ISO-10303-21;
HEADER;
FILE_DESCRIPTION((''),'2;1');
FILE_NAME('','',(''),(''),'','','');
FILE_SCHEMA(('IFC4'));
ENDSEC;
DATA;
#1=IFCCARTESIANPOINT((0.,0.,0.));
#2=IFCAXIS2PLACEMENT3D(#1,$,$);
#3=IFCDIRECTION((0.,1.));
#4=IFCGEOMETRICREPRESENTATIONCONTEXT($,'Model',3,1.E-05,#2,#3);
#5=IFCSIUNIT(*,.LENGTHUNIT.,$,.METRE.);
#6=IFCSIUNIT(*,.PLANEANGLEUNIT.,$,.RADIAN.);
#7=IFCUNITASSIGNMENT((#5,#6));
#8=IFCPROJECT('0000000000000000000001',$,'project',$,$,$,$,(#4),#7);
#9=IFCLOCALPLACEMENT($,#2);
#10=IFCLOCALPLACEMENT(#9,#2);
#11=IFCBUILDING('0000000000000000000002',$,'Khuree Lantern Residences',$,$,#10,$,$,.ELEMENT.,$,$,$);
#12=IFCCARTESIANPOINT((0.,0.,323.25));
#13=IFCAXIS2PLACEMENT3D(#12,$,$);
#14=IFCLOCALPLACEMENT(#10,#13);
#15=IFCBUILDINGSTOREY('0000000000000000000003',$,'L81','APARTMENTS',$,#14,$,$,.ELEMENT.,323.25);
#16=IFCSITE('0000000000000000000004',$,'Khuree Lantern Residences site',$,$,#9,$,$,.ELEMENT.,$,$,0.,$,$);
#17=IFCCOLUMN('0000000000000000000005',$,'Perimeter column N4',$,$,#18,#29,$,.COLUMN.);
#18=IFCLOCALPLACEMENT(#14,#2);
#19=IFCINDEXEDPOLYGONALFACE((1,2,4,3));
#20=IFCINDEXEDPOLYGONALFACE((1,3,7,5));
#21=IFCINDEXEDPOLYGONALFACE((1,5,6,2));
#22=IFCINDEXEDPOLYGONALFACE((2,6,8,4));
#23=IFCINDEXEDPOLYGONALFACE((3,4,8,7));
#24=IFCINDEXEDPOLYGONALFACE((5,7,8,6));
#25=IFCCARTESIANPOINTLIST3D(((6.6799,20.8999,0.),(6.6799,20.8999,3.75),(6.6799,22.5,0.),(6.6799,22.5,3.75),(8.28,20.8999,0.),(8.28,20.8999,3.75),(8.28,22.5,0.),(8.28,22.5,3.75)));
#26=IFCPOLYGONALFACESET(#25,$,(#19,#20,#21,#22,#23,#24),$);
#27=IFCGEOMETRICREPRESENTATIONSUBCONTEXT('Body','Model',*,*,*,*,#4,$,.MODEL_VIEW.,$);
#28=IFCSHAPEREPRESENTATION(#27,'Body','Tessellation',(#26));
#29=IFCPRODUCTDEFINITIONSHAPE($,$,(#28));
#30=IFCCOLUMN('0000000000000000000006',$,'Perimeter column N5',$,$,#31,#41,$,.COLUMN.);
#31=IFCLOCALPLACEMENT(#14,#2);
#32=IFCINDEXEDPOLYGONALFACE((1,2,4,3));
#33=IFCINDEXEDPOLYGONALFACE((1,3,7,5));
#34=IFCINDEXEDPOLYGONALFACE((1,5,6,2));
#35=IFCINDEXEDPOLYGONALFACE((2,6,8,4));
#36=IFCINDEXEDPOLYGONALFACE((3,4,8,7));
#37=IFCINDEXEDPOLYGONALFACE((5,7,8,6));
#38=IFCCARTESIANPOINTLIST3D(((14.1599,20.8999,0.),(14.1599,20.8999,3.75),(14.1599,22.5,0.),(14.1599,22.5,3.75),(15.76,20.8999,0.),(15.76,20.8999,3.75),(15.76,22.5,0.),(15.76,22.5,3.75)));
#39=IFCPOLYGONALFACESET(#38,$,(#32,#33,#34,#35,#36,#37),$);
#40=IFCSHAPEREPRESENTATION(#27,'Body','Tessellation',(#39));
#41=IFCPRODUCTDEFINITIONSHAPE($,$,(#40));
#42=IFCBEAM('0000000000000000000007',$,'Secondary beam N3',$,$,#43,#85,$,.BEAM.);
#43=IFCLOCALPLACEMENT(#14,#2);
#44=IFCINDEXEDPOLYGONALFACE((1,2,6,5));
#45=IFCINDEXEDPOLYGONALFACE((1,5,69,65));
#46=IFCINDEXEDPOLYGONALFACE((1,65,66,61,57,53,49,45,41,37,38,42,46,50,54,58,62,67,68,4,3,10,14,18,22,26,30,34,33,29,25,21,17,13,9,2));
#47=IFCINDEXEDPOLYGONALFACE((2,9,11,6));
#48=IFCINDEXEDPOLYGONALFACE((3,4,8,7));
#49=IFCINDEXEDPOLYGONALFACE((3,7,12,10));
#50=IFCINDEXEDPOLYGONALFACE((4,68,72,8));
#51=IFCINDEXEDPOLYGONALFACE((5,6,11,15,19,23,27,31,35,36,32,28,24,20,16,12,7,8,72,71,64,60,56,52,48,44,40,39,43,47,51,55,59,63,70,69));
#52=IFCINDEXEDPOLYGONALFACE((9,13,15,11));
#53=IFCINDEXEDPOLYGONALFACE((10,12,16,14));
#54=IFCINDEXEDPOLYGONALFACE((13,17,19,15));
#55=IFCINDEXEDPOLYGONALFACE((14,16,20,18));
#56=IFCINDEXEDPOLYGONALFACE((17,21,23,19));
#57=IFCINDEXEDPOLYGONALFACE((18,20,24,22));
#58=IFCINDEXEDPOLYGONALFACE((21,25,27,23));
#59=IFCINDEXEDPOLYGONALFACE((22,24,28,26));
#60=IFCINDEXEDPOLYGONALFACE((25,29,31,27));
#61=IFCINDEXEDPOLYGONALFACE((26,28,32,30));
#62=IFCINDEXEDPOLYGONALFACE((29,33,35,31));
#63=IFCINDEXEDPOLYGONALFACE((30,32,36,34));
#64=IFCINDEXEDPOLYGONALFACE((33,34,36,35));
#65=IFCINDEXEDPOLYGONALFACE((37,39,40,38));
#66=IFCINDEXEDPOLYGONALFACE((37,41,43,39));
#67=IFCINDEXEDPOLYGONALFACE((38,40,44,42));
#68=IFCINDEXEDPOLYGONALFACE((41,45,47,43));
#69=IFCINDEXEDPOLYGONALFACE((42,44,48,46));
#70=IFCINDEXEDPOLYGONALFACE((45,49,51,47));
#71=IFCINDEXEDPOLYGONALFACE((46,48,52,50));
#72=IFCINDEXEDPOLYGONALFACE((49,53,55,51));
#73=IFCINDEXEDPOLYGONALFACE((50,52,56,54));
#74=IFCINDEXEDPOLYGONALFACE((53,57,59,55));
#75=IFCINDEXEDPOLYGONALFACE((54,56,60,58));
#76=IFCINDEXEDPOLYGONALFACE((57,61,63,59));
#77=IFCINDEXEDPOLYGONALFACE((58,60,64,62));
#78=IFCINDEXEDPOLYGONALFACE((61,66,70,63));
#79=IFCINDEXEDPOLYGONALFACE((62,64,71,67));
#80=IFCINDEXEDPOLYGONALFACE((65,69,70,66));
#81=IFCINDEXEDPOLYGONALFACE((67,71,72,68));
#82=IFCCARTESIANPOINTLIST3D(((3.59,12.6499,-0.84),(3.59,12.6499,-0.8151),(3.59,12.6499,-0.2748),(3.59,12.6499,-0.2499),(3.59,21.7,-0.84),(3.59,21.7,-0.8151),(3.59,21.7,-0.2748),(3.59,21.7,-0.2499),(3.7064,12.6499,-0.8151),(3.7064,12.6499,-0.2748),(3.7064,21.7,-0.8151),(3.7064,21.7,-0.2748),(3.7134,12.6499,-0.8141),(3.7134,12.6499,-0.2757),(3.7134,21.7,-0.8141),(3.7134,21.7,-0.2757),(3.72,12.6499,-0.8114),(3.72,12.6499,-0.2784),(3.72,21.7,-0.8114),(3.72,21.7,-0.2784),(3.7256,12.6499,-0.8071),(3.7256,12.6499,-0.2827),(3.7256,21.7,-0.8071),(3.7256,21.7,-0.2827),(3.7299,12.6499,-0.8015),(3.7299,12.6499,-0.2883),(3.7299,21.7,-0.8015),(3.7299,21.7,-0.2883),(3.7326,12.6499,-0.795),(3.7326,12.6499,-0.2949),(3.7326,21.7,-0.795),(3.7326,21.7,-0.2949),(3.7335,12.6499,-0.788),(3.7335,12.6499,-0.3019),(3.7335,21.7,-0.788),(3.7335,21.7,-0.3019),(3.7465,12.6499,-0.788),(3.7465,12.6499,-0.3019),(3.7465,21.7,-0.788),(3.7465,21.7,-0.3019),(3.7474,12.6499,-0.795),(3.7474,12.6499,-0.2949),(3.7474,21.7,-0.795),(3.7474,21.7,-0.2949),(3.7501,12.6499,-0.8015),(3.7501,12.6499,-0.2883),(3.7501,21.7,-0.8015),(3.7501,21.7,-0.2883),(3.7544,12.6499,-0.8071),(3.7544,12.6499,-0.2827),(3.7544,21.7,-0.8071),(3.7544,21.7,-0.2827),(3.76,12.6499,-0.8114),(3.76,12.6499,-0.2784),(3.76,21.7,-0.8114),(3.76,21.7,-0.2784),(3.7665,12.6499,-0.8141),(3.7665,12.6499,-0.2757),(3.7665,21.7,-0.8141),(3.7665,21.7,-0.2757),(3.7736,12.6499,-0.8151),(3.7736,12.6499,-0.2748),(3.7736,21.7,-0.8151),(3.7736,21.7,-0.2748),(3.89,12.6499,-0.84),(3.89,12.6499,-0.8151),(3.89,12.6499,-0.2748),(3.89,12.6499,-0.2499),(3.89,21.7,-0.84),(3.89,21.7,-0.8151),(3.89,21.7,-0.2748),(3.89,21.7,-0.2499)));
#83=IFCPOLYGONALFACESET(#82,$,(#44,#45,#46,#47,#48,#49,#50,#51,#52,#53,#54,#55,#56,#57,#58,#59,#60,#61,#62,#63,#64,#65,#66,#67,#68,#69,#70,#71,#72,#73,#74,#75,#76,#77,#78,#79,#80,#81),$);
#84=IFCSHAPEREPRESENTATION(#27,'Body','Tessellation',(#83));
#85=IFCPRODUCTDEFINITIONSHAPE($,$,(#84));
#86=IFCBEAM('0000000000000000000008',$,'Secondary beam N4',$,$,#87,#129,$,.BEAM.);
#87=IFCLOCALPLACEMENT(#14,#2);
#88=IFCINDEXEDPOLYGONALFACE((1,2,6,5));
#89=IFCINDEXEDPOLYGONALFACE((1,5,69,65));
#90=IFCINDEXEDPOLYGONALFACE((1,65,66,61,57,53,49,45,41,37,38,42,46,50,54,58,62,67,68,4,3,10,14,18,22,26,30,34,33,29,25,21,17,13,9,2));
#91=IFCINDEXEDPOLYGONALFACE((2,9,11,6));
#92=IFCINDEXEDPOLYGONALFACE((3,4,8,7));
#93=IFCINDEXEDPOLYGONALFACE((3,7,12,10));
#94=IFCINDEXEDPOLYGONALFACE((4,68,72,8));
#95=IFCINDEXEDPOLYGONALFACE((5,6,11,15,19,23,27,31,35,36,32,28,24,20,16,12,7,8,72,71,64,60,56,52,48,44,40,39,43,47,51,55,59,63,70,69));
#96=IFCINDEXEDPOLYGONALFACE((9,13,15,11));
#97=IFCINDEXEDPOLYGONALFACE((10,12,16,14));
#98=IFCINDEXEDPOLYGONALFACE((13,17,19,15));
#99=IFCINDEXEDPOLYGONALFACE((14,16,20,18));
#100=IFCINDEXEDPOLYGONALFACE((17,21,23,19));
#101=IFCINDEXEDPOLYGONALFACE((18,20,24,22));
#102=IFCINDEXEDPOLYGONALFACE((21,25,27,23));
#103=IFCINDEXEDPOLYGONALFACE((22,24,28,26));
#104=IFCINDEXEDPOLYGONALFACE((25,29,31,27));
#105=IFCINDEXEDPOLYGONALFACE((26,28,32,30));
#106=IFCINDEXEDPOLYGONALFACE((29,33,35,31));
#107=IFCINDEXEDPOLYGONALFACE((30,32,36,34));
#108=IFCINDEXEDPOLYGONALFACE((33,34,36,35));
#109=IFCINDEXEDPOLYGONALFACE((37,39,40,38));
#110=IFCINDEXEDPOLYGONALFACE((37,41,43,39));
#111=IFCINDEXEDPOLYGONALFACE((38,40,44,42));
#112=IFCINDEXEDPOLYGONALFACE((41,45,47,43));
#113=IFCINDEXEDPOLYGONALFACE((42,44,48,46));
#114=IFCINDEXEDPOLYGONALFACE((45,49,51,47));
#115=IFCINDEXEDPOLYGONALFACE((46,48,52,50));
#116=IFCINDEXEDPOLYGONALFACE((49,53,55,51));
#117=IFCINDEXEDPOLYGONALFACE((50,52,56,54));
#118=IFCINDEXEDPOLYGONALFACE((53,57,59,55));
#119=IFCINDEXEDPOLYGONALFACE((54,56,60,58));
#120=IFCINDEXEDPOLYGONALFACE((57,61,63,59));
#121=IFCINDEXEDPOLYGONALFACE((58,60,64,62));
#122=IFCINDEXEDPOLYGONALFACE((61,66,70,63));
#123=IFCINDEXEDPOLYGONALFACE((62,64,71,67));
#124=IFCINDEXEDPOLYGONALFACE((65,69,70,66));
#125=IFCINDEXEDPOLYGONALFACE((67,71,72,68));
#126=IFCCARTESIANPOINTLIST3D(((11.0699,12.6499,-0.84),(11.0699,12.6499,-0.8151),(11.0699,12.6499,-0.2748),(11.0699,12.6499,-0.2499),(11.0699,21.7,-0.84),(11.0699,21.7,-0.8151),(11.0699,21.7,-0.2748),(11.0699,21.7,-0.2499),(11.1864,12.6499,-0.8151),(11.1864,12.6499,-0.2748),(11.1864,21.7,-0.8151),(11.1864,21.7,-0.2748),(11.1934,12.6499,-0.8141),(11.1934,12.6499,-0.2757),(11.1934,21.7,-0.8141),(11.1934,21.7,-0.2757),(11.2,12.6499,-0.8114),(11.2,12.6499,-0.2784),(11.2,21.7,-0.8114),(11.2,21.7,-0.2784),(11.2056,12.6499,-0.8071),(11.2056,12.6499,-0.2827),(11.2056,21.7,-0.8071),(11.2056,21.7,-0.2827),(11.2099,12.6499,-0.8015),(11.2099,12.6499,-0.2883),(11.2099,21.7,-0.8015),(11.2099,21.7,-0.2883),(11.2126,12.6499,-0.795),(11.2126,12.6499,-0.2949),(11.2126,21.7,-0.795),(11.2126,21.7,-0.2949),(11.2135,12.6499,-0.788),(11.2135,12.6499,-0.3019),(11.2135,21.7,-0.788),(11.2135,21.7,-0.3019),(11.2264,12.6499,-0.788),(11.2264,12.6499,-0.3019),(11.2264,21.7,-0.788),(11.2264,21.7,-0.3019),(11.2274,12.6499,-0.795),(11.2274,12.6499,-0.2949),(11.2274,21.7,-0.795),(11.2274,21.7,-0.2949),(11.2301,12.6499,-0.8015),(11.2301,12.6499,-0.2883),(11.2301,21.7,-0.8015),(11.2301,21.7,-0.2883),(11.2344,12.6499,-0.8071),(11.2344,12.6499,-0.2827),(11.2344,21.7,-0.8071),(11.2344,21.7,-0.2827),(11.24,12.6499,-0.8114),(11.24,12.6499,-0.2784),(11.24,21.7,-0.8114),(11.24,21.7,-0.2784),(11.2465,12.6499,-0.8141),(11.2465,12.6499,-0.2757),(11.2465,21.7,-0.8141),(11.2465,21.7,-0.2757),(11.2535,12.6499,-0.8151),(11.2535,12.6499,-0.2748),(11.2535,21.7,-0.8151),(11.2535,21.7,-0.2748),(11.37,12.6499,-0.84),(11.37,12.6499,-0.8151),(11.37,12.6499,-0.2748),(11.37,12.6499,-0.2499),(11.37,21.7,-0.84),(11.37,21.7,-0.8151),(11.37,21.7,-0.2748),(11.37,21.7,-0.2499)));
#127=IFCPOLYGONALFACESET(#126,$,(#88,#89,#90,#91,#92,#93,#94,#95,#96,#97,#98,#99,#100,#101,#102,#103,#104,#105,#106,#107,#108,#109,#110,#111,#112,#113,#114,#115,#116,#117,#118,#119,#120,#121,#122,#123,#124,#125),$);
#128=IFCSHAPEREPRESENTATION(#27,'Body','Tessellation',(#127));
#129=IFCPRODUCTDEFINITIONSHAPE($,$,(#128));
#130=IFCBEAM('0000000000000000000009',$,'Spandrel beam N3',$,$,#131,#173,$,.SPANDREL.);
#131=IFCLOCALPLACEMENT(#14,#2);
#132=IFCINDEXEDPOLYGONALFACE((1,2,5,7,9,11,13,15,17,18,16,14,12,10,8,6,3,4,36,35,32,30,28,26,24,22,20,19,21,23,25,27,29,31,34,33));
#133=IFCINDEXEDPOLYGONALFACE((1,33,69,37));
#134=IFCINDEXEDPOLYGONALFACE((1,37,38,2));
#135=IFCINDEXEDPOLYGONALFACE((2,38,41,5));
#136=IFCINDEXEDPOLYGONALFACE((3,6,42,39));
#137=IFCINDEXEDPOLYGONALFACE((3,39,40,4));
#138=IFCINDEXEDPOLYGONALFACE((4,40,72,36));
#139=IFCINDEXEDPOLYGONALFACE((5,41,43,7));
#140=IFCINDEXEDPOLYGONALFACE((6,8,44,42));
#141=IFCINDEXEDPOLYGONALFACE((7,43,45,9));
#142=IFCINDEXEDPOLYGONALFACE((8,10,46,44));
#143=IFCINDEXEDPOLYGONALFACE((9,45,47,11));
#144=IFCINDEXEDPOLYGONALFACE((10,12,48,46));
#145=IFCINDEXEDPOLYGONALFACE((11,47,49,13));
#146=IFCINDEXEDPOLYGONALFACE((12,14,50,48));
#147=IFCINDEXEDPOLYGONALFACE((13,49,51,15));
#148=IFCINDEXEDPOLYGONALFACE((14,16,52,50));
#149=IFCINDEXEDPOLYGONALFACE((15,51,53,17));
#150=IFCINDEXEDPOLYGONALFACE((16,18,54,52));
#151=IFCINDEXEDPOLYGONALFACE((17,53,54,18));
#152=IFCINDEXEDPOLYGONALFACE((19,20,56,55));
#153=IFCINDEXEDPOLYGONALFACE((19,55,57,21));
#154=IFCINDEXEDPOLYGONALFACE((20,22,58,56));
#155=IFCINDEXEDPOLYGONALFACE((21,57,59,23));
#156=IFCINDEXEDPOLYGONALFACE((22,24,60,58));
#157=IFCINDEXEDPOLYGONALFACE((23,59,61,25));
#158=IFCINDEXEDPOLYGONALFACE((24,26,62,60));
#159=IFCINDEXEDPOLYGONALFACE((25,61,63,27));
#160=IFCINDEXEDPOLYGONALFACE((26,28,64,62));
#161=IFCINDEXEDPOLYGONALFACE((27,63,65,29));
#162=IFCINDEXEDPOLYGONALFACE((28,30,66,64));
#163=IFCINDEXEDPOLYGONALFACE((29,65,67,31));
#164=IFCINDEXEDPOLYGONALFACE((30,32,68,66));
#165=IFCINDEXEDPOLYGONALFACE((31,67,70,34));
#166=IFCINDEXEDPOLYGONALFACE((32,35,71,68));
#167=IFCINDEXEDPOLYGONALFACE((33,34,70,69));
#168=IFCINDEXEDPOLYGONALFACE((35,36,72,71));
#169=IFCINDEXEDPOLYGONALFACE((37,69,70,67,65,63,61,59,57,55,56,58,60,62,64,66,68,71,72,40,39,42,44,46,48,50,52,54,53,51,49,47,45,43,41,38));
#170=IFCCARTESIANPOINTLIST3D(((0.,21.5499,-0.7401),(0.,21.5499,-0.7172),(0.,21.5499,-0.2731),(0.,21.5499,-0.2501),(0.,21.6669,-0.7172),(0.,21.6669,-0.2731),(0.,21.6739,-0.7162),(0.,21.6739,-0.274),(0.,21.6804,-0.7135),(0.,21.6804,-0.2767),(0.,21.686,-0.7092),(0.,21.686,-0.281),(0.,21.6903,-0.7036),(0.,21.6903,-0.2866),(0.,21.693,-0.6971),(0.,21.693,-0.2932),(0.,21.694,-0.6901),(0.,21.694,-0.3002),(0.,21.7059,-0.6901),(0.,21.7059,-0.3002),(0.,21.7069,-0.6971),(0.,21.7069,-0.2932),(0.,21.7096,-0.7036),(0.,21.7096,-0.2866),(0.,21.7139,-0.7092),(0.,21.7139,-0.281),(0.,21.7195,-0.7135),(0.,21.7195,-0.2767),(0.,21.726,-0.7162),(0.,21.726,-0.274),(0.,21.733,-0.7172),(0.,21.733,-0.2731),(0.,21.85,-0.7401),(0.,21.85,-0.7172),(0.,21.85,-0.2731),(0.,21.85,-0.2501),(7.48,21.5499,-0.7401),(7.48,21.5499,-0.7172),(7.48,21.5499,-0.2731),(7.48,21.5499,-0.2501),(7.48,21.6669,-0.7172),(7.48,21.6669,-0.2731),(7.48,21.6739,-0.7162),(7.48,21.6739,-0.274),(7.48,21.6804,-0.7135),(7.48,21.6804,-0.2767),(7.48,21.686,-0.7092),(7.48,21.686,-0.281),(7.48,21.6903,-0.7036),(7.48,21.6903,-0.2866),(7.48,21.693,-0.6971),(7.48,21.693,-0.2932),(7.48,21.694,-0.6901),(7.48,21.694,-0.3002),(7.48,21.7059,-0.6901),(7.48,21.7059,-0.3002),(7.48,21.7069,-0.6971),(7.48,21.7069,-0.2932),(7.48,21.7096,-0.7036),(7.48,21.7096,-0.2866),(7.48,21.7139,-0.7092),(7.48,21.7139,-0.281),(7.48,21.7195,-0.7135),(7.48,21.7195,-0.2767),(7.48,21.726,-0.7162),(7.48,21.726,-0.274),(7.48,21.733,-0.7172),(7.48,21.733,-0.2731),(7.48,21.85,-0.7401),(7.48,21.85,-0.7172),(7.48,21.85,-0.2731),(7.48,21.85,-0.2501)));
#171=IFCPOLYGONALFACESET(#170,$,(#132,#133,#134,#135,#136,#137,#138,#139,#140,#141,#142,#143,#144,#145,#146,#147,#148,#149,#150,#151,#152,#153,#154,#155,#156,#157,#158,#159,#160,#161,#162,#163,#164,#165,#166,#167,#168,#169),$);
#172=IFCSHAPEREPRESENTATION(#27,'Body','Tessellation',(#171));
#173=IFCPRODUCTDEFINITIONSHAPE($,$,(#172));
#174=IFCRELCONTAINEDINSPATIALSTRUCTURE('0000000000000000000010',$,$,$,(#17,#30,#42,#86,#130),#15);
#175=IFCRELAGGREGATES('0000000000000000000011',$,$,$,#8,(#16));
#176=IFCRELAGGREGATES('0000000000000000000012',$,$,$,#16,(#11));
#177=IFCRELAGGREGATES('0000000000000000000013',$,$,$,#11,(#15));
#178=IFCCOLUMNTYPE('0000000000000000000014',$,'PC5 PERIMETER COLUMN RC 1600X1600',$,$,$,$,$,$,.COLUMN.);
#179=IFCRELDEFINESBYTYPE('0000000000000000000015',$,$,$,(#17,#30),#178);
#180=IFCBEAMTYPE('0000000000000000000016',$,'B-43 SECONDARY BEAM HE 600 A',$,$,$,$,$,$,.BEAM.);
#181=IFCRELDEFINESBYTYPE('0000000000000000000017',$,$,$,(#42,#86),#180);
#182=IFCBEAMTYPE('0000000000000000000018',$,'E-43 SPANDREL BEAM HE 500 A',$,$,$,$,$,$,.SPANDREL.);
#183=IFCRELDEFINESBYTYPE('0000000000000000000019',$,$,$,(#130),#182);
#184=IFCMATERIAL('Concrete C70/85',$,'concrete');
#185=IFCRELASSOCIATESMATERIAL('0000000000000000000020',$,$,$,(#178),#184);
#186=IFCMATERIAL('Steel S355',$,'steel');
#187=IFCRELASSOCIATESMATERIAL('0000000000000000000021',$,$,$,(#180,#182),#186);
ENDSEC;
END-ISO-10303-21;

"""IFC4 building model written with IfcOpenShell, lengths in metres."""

from ifc_helpers import new_model, si_unit, direction, frame, origin, origin_2d, place, context, subcontext, project, spatial, rectangle, i_section, extrude, material, material_profile, profile_set, type_object, element, save


model = new_model("IFC4")

# Units and contexts
model_context = context("Model", 3, precision=1e-05, world=origin(), true_north=direction((0.0, 1.0)))
body_context = subcontext(model_context, "Body", "Model", "MODEL_VIEW")
ifc_project = project(units=[si_unit("LENGTHUNIT", "METRE"), si_unit("PLANEANGLEUNIT", "RADIAN")], contexts=[model_context])

# Site, building, storey
site_placement = place(None, origin())
site = spatial("IfcSite", under=ifc_project, at=site_placement, Name="Khuree Lantern Residences site", CompositionType="ELEMENT", RefElevation=0.0)
building_placement = place(site_placement, origin())
building = spatial("IfcBuilding", under=site, at=building_placement, Name="Khuree Lantern Residences", CompositionType="ELEMENT")
storey_placement = place(building_placement, frame((0.0, 0.0, 323.25)))
storey = spatial("IfcBuildingStorey", under=building, at=storey_placement, Name="L81", Description="APARTMENTS", CompositionType="ELEMENT", Elevation=323.25)

# Columns
ifc_material_1 = material(Name="Concrete C70/85", Category="concrete")
ifc_material_profile_1 = material_profile(ifc_material_1, rectangle(XDim=1.6001, YDim=1.6001, at=origin_2d()), Name="RC 1600X1600")
ifc_profile_set_1 = profile_set([ifc_material_profile_1], Name="Concrete C70/85")
column_type = type_object("IfcColumnType", Name="PC5 PERIMETER COLUMN RC 1600X1600", PredefinedType="COLUMN", material=ifc_profile_set_1)
for number, where, z_axis, x_axis, name in (
    (1, (7.48, 21.7, 0.0), (0.0, 0.0, 1.0), (1.0, 0.0, 0.0), "Perimeter column N4"),
    (2, (14.96, 21.7, 0.0), (0.0, 0.0, 1.0), (1.0, 0.0, 0.0), "Perimeter column N5"),
):
    element("IfcColumn", number, at=place(storey_placement, frame(where, z_axis=z_axis, x_axis=x_axis)), inside=storey, type_object=column_type, Name=name, PredefinedType="COLUMN", context=body_context, shape_type="SweptSolid", body=[
        extrude(rectangle(XDim=1.6001, YDim=1.6001, at=origin_2d()), origin(), (0.0, 0.0, 1.0), 3.75),
    ])

# Beams
ifc_material_2 = material(Name="Steel S355", Category="steel")
ifc_material_profile_2 = material_profile(ifc_material_2, i_section(OverallWidth=0.3, OverallDepth=0.5901, WebThickness=0.0129, FlangeThickness=0.0249, FilletRadius=0.0271, at=origin_2d()), Name="HE 600 A")
ifc_profile_set_2 = profile_set([ifc_material_profile_2], Name="Steel S355")
beam_type_1 = type_object("IfcBeamType", Name="B-43 SECONDARY BEAM HE 600 A", PredefinedType="BEAM", material=ifc_profile_set_2)
for number, where, z_axis, x_axis, name in (
    (3, (3.74, 21.7, -0.5449), (0.0, -1.0, 0.0), (1.0, 0.0, 0.0), "Secondary beam N3"),
    (4, (11.22, 21.7, -0.5449), (0.0, -1.0, 0.0), (1.0, 0.0, 0.0), "Secondary beam N4"),
):
    element("IfcBeam", number, at=place(storey_placement, frame(where, z_axis=z_axis, x_axis=x_axis)), inside=storey, type_object=beam_type_1, Name=name, PredefinedType="BEAM", context=body_context, shape_type="SweptSolid", body=[
        extrude(i_section(OverallWidth=0.3, OverallDepth=0.5901, WebThickness=0.0129, FlangeThickness=0.0249, FilletRadius=0.0271, at=origin_2d()), origin(), (0.0, 0.0, 1.0), 9.05),
    ])
ifc_material_profile_3 = material_profile(ifc_material_2, i_section(OverallWidth=0.3, OverallDepth=0.49, WebThickness=0.012, FlangeThickness=0.0229, FilletRadius=0.0271, at=origin_2d()), Name="HE 500 A")
ifc_profile_set_3 = profile_set([ifc_material_profile_3], Name="Steel S355")
beam_type_2 = type_object("IfcBeamType", Name="E-43 SPANDREL BEAM HE 500 A", PredefinedType="SPANDREL", material=ifc_profile_set_3)
for number, where, z_axis, x_axis, name in (
    (5, (0.0, 21.7, -0.4951), (1.0, 0.0, 0.0), (0.0, 1.0, 0.0), "Spandrel beam N3"),
):
    element("IfcBeam", number, at=place(storey_placement, frame(where, z_axis=z_axis, x_axis=x_axis)), inside=storey, type_object=beam_type_2, Name=name, PredefinedType="SPANDREL", context=body_context, shape_type="SweptSolid", body=[
        extrude(i_section(OverallWidth=0.3, OverallDepth=0.49, WebThickness=0.012, FlangeThickness=0.0229, FilletRadius=0.0271, at=origin_2d()), origin(), (0.0, 0.0, 1.0), 7.48),
    ])

save(model, "model.ifc")
